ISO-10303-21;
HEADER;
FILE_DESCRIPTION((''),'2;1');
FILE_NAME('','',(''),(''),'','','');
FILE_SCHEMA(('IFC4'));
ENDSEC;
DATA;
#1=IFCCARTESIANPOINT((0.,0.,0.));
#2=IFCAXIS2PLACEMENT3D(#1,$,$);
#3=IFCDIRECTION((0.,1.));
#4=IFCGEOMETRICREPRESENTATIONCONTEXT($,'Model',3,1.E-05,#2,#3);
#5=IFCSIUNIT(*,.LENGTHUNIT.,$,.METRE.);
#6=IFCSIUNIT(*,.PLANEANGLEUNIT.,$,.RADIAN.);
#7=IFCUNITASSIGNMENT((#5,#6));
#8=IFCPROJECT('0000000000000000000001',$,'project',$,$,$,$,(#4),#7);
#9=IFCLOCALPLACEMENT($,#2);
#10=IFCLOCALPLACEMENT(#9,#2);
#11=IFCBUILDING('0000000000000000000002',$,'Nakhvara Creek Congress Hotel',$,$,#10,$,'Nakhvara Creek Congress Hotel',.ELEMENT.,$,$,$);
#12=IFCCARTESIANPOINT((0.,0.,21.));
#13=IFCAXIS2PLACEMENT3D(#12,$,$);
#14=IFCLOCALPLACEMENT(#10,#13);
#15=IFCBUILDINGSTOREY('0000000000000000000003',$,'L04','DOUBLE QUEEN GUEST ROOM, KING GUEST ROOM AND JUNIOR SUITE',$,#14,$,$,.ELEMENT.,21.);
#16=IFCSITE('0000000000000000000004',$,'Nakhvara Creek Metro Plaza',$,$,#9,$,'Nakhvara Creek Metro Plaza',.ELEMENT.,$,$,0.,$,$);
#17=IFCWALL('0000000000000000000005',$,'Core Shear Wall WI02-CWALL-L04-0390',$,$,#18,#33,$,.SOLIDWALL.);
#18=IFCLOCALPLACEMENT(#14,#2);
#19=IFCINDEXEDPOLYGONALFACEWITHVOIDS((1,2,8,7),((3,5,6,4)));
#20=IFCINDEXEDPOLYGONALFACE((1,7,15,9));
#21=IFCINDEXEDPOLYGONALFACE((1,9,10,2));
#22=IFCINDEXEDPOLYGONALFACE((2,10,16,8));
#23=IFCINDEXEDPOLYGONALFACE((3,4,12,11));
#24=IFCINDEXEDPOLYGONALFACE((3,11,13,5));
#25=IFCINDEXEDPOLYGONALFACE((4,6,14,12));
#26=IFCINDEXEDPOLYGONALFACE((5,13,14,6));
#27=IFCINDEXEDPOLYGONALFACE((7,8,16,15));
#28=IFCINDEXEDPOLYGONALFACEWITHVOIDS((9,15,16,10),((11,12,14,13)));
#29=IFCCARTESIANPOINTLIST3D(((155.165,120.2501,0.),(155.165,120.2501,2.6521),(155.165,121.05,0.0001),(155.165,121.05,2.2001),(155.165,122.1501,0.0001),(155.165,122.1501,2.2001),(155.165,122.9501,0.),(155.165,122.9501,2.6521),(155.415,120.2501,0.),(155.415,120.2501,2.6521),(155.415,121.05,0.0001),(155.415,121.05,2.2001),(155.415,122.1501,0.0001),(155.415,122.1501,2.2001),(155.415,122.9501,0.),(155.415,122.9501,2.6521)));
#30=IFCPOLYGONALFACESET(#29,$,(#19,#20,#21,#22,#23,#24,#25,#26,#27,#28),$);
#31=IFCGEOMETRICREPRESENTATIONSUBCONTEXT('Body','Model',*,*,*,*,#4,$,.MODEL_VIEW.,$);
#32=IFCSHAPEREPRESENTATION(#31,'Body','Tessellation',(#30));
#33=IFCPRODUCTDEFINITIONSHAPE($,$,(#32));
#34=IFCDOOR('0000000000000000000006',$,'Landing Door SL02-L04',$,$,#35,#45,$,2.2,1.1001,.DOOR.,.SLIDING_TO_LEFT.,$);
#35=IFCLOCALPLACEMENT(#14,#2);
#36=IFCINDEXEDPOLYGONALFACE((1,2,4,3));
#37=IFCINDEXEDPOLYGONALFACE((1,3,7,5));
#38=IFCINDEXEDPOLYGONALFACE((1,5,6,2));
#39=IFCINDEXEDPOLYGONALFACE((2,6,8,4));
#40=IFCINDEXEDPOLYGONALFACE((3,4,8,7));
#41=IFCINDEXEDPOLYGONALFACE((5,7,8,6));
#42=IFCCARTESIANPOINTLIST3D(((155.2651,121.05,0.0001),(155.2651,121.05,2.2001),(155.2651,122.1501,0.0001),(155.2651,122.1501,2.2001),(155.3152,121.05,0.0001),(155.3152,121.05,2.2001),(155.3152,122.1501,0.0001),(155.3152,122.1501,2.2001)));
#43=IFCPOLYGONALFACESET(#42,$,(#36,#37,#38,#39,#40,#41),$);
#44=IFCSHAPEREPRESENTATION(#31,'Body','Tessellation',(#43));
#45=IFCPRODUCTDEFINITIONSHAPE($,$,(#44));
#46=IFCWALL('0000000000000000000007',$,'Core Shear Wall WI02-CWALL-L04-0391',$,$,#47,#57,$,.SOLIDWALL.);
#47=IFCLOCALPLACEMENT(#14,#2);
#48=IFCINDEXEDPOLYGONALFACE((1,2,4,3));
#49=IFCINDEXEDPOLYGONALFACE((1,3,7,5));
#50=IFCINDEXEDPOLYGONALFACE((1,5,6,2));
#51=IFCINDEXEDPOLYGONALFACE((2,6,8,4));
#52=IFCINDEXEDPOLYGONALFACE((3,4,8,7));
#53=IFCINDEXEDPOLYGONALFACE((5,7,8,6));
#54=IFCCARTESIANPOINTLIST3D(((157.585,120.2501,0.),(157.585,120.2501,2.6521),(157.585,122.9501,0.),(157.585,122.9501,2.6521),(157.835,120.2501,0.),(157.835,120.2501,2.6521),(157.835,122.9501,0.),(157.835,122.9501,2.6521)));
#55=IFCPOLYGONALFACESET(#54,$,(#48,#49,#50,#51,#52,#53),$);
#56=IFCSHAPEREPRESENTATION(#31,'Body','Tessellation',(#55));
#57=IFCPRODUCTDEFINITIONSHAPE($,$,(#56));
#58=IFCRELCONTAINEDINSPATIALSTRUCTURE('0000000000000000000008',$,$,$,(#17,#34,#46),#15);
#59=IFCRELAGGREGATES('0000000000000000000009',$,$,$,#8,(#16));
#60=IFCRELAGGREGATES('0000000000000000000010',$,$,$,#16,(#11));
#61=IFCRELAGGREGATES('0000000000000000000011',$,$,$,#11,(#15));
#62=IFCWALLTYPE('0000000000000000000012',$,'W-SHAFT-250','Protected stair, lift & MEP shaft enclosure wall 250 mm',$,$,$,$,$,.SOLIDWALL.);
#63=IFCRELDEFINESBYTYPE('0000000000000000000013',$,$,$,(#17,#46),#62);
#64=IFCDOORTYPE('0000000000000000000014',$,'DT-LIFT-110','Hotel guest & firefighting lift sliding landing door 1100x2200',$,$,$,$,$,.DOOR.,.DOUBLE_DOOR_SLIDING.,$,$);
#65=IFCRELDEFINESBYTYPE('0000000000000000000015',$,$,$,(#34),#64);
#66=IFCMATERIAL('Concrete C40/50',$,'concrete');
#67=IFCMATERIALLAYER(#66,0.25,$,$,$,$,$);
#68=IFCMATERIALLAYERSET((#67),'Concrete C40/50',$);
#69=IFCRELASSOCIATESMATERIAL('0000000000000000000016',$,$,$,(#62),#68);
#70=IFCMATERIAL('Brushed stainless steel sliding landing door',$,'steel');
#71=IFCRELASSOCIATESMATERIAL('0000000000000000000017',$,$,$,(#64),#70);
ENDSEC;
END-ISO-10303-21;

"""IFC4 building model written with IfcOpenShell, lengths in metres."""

from ifc_helpers import new_model, si_unit, direction, frame, frame_2d, origin, place, context, subcontext, project, spatial, rectangle, extrude, material, layer, layer_set, type_object, element, fill, save


model = new_model("IFC4")

# Units and contexts
model_context = context("Model", 3, precision=1e-05, world=origin(), true_north=direction((0.0, 1.0)))
body_context = subcontext(model_context, "Body", "Model", "MODEL_VIEW")
ifc_project = project(units=[si_unit("LENGTHUNIT", "METRE"), si_unit("PLANEANGLEUNIT", "RADIAN")], contexts=[model_context])

# Site, building, storey
site_placement = place(None, origin())
site = spatial("IfcSite", under=ifc_project, at=site_placement, Name="Nakhvara Creek Metro Plaza", LongName="Nakhvara Creek Metro Plaza", CompositionType="ELEMENT", RefElevation=0.0)
building_placement = place(site_placement, origin())
building = spatial("IfcBuilding", under=site, at=building_placement, Name="Nakhvara Creek Congress Hotel", LongName="Nakhvara Creek Congress Hotel", CompositionType="ELEMENT")
storey_placement = place(building_placement, frame((0.0, 0.0, 21.0)))
storey = spatial("IfcBuildingStorey", under=building, at=storey_placement, Name="L04", Description="DOUBLE QUEEN GUEST ROOM, KING GUEST ROOM AND JUNIOR SUITE", CompositionType="ELEMENT", Elevation=21.0)

# Shared definitions
ifc_material_1 = material(Name="Concrete C40/50", Category="concrete")

# Shared definitions
ifc_layer_1 = layer(ifc_material_1, 0.25)
ifc_layer_set_1 = layer_set([ifc_layer_1], Name="Concrete C40/50")
wall_type_1 = type_object("IfcWallType", Name="W-SHAFT-250", Description="Protected stair, lift & MEP shaft enclosure wall 250 mm", PredefinedType="SOLIDWALL", material=ifc_layer_set_1)

# Shared definitions
ifc_material_2 = material(Name="Brushed stainless steel sliding landing door", Category="steel")
door_type_1 = type_object("IfcDoorType", Name="DT-LIFT-110", Description="Hotel guest & firefighting lift sliding landing door 1100x2200", OperationType="DOUBLE_DOOR_SLIDING", PredefinedType="DOOR", material=ifc_material_2)

# Wall, opening, door
wall_1_placement = place(storey_placement, frame((155.29, 120.25, 0.0), z_axis=(0.0, 0.0, 1.0), x_axis=(0.0, 1.0, 0.0)))
wall_1 = element("IfcWall", 1, at=wall_1_placement, inside=storey, type_object=wall_type_1, Name="Core Shear Wall WI02-CWALL-L04-0390", PredefinedType="SOLIDWALL", context=body_context, shape_type="SweptSolid", body=[
    extrude(rectangle(XDim=2.7, YDim=0.25, at=frame_2d((1.3501, 0.0))), origin(), (0.0, 0.0, 1.0), 2.6521),
])
opening_1_placement = place(wall_1_placement, frame((0.8, 0.0, 0.0)))
opening_1 = element("IfcOpeningElement", 2, at=opening_1_placement, cuts=wall_1, PredefinedType="OPENING", context=body_context, shape_type="SweptSolid", body=[
    extrude(rectangle(XDim=1.1001, YDim=2.2, at=frame_2d((0.55, 1.1001))), frame((0.0, 0.137, 0.0), z_axis=(0.0, -1.0, 0.0), x_axis=(1.0, 0.0, 0.0)), (0.0, 0.0, 1.0), 0.2739),
])
door_1_placement = place(opening_1_placement, origin())
door_1 = element("IfcDoor", 3, at=door_1_placement, inside=storey, type_object=door_type_1, Name="Landing Door SL02-L04", OperationType="SLIDING_TO_LEFT", OverallHeight=2.2, OverallWidth=1.1001, PredefinedType="DOOR", context=body_context, shape_type="SweptSolid", body=[
    extrude(rectangle(XDim=1.1001, YDim=2.2, at=frame_2d((0.55, 1.1001))), frame((0.0, 0.0249, 0.0), z_axis=(0.0, -1.0, 0.0), x_axis=(1.0, 0.0, 0.0)), (0.0, 0.0, 1.0), 0.05),
])
fill(opening_1, door_1)

# Wall
wall_2_placement = place(storey_placement, frame((157.71, 120.25, 0.0), z_axis=(0.0, 0.0, 1.0), x_axis=(0.0, 1.0, 0.0)))
element("IfcWall", 4, at=wall_2_placement, inside=storey, type_object=wall_type_1, Name="Core Shear Wall WI02-CWALL-L04-0391", PredefinedType="SOLIDWALL", context=body_context, shape_type="SweptSolid", body=[
    extrude(rectangle(XDim=2.7, YDim=0.25, at=frame_2d((1.3501, 0.0))), origin(), (0.0, 0.0, 1.0), 2.6521),
])

save(model, "model.ifc")
